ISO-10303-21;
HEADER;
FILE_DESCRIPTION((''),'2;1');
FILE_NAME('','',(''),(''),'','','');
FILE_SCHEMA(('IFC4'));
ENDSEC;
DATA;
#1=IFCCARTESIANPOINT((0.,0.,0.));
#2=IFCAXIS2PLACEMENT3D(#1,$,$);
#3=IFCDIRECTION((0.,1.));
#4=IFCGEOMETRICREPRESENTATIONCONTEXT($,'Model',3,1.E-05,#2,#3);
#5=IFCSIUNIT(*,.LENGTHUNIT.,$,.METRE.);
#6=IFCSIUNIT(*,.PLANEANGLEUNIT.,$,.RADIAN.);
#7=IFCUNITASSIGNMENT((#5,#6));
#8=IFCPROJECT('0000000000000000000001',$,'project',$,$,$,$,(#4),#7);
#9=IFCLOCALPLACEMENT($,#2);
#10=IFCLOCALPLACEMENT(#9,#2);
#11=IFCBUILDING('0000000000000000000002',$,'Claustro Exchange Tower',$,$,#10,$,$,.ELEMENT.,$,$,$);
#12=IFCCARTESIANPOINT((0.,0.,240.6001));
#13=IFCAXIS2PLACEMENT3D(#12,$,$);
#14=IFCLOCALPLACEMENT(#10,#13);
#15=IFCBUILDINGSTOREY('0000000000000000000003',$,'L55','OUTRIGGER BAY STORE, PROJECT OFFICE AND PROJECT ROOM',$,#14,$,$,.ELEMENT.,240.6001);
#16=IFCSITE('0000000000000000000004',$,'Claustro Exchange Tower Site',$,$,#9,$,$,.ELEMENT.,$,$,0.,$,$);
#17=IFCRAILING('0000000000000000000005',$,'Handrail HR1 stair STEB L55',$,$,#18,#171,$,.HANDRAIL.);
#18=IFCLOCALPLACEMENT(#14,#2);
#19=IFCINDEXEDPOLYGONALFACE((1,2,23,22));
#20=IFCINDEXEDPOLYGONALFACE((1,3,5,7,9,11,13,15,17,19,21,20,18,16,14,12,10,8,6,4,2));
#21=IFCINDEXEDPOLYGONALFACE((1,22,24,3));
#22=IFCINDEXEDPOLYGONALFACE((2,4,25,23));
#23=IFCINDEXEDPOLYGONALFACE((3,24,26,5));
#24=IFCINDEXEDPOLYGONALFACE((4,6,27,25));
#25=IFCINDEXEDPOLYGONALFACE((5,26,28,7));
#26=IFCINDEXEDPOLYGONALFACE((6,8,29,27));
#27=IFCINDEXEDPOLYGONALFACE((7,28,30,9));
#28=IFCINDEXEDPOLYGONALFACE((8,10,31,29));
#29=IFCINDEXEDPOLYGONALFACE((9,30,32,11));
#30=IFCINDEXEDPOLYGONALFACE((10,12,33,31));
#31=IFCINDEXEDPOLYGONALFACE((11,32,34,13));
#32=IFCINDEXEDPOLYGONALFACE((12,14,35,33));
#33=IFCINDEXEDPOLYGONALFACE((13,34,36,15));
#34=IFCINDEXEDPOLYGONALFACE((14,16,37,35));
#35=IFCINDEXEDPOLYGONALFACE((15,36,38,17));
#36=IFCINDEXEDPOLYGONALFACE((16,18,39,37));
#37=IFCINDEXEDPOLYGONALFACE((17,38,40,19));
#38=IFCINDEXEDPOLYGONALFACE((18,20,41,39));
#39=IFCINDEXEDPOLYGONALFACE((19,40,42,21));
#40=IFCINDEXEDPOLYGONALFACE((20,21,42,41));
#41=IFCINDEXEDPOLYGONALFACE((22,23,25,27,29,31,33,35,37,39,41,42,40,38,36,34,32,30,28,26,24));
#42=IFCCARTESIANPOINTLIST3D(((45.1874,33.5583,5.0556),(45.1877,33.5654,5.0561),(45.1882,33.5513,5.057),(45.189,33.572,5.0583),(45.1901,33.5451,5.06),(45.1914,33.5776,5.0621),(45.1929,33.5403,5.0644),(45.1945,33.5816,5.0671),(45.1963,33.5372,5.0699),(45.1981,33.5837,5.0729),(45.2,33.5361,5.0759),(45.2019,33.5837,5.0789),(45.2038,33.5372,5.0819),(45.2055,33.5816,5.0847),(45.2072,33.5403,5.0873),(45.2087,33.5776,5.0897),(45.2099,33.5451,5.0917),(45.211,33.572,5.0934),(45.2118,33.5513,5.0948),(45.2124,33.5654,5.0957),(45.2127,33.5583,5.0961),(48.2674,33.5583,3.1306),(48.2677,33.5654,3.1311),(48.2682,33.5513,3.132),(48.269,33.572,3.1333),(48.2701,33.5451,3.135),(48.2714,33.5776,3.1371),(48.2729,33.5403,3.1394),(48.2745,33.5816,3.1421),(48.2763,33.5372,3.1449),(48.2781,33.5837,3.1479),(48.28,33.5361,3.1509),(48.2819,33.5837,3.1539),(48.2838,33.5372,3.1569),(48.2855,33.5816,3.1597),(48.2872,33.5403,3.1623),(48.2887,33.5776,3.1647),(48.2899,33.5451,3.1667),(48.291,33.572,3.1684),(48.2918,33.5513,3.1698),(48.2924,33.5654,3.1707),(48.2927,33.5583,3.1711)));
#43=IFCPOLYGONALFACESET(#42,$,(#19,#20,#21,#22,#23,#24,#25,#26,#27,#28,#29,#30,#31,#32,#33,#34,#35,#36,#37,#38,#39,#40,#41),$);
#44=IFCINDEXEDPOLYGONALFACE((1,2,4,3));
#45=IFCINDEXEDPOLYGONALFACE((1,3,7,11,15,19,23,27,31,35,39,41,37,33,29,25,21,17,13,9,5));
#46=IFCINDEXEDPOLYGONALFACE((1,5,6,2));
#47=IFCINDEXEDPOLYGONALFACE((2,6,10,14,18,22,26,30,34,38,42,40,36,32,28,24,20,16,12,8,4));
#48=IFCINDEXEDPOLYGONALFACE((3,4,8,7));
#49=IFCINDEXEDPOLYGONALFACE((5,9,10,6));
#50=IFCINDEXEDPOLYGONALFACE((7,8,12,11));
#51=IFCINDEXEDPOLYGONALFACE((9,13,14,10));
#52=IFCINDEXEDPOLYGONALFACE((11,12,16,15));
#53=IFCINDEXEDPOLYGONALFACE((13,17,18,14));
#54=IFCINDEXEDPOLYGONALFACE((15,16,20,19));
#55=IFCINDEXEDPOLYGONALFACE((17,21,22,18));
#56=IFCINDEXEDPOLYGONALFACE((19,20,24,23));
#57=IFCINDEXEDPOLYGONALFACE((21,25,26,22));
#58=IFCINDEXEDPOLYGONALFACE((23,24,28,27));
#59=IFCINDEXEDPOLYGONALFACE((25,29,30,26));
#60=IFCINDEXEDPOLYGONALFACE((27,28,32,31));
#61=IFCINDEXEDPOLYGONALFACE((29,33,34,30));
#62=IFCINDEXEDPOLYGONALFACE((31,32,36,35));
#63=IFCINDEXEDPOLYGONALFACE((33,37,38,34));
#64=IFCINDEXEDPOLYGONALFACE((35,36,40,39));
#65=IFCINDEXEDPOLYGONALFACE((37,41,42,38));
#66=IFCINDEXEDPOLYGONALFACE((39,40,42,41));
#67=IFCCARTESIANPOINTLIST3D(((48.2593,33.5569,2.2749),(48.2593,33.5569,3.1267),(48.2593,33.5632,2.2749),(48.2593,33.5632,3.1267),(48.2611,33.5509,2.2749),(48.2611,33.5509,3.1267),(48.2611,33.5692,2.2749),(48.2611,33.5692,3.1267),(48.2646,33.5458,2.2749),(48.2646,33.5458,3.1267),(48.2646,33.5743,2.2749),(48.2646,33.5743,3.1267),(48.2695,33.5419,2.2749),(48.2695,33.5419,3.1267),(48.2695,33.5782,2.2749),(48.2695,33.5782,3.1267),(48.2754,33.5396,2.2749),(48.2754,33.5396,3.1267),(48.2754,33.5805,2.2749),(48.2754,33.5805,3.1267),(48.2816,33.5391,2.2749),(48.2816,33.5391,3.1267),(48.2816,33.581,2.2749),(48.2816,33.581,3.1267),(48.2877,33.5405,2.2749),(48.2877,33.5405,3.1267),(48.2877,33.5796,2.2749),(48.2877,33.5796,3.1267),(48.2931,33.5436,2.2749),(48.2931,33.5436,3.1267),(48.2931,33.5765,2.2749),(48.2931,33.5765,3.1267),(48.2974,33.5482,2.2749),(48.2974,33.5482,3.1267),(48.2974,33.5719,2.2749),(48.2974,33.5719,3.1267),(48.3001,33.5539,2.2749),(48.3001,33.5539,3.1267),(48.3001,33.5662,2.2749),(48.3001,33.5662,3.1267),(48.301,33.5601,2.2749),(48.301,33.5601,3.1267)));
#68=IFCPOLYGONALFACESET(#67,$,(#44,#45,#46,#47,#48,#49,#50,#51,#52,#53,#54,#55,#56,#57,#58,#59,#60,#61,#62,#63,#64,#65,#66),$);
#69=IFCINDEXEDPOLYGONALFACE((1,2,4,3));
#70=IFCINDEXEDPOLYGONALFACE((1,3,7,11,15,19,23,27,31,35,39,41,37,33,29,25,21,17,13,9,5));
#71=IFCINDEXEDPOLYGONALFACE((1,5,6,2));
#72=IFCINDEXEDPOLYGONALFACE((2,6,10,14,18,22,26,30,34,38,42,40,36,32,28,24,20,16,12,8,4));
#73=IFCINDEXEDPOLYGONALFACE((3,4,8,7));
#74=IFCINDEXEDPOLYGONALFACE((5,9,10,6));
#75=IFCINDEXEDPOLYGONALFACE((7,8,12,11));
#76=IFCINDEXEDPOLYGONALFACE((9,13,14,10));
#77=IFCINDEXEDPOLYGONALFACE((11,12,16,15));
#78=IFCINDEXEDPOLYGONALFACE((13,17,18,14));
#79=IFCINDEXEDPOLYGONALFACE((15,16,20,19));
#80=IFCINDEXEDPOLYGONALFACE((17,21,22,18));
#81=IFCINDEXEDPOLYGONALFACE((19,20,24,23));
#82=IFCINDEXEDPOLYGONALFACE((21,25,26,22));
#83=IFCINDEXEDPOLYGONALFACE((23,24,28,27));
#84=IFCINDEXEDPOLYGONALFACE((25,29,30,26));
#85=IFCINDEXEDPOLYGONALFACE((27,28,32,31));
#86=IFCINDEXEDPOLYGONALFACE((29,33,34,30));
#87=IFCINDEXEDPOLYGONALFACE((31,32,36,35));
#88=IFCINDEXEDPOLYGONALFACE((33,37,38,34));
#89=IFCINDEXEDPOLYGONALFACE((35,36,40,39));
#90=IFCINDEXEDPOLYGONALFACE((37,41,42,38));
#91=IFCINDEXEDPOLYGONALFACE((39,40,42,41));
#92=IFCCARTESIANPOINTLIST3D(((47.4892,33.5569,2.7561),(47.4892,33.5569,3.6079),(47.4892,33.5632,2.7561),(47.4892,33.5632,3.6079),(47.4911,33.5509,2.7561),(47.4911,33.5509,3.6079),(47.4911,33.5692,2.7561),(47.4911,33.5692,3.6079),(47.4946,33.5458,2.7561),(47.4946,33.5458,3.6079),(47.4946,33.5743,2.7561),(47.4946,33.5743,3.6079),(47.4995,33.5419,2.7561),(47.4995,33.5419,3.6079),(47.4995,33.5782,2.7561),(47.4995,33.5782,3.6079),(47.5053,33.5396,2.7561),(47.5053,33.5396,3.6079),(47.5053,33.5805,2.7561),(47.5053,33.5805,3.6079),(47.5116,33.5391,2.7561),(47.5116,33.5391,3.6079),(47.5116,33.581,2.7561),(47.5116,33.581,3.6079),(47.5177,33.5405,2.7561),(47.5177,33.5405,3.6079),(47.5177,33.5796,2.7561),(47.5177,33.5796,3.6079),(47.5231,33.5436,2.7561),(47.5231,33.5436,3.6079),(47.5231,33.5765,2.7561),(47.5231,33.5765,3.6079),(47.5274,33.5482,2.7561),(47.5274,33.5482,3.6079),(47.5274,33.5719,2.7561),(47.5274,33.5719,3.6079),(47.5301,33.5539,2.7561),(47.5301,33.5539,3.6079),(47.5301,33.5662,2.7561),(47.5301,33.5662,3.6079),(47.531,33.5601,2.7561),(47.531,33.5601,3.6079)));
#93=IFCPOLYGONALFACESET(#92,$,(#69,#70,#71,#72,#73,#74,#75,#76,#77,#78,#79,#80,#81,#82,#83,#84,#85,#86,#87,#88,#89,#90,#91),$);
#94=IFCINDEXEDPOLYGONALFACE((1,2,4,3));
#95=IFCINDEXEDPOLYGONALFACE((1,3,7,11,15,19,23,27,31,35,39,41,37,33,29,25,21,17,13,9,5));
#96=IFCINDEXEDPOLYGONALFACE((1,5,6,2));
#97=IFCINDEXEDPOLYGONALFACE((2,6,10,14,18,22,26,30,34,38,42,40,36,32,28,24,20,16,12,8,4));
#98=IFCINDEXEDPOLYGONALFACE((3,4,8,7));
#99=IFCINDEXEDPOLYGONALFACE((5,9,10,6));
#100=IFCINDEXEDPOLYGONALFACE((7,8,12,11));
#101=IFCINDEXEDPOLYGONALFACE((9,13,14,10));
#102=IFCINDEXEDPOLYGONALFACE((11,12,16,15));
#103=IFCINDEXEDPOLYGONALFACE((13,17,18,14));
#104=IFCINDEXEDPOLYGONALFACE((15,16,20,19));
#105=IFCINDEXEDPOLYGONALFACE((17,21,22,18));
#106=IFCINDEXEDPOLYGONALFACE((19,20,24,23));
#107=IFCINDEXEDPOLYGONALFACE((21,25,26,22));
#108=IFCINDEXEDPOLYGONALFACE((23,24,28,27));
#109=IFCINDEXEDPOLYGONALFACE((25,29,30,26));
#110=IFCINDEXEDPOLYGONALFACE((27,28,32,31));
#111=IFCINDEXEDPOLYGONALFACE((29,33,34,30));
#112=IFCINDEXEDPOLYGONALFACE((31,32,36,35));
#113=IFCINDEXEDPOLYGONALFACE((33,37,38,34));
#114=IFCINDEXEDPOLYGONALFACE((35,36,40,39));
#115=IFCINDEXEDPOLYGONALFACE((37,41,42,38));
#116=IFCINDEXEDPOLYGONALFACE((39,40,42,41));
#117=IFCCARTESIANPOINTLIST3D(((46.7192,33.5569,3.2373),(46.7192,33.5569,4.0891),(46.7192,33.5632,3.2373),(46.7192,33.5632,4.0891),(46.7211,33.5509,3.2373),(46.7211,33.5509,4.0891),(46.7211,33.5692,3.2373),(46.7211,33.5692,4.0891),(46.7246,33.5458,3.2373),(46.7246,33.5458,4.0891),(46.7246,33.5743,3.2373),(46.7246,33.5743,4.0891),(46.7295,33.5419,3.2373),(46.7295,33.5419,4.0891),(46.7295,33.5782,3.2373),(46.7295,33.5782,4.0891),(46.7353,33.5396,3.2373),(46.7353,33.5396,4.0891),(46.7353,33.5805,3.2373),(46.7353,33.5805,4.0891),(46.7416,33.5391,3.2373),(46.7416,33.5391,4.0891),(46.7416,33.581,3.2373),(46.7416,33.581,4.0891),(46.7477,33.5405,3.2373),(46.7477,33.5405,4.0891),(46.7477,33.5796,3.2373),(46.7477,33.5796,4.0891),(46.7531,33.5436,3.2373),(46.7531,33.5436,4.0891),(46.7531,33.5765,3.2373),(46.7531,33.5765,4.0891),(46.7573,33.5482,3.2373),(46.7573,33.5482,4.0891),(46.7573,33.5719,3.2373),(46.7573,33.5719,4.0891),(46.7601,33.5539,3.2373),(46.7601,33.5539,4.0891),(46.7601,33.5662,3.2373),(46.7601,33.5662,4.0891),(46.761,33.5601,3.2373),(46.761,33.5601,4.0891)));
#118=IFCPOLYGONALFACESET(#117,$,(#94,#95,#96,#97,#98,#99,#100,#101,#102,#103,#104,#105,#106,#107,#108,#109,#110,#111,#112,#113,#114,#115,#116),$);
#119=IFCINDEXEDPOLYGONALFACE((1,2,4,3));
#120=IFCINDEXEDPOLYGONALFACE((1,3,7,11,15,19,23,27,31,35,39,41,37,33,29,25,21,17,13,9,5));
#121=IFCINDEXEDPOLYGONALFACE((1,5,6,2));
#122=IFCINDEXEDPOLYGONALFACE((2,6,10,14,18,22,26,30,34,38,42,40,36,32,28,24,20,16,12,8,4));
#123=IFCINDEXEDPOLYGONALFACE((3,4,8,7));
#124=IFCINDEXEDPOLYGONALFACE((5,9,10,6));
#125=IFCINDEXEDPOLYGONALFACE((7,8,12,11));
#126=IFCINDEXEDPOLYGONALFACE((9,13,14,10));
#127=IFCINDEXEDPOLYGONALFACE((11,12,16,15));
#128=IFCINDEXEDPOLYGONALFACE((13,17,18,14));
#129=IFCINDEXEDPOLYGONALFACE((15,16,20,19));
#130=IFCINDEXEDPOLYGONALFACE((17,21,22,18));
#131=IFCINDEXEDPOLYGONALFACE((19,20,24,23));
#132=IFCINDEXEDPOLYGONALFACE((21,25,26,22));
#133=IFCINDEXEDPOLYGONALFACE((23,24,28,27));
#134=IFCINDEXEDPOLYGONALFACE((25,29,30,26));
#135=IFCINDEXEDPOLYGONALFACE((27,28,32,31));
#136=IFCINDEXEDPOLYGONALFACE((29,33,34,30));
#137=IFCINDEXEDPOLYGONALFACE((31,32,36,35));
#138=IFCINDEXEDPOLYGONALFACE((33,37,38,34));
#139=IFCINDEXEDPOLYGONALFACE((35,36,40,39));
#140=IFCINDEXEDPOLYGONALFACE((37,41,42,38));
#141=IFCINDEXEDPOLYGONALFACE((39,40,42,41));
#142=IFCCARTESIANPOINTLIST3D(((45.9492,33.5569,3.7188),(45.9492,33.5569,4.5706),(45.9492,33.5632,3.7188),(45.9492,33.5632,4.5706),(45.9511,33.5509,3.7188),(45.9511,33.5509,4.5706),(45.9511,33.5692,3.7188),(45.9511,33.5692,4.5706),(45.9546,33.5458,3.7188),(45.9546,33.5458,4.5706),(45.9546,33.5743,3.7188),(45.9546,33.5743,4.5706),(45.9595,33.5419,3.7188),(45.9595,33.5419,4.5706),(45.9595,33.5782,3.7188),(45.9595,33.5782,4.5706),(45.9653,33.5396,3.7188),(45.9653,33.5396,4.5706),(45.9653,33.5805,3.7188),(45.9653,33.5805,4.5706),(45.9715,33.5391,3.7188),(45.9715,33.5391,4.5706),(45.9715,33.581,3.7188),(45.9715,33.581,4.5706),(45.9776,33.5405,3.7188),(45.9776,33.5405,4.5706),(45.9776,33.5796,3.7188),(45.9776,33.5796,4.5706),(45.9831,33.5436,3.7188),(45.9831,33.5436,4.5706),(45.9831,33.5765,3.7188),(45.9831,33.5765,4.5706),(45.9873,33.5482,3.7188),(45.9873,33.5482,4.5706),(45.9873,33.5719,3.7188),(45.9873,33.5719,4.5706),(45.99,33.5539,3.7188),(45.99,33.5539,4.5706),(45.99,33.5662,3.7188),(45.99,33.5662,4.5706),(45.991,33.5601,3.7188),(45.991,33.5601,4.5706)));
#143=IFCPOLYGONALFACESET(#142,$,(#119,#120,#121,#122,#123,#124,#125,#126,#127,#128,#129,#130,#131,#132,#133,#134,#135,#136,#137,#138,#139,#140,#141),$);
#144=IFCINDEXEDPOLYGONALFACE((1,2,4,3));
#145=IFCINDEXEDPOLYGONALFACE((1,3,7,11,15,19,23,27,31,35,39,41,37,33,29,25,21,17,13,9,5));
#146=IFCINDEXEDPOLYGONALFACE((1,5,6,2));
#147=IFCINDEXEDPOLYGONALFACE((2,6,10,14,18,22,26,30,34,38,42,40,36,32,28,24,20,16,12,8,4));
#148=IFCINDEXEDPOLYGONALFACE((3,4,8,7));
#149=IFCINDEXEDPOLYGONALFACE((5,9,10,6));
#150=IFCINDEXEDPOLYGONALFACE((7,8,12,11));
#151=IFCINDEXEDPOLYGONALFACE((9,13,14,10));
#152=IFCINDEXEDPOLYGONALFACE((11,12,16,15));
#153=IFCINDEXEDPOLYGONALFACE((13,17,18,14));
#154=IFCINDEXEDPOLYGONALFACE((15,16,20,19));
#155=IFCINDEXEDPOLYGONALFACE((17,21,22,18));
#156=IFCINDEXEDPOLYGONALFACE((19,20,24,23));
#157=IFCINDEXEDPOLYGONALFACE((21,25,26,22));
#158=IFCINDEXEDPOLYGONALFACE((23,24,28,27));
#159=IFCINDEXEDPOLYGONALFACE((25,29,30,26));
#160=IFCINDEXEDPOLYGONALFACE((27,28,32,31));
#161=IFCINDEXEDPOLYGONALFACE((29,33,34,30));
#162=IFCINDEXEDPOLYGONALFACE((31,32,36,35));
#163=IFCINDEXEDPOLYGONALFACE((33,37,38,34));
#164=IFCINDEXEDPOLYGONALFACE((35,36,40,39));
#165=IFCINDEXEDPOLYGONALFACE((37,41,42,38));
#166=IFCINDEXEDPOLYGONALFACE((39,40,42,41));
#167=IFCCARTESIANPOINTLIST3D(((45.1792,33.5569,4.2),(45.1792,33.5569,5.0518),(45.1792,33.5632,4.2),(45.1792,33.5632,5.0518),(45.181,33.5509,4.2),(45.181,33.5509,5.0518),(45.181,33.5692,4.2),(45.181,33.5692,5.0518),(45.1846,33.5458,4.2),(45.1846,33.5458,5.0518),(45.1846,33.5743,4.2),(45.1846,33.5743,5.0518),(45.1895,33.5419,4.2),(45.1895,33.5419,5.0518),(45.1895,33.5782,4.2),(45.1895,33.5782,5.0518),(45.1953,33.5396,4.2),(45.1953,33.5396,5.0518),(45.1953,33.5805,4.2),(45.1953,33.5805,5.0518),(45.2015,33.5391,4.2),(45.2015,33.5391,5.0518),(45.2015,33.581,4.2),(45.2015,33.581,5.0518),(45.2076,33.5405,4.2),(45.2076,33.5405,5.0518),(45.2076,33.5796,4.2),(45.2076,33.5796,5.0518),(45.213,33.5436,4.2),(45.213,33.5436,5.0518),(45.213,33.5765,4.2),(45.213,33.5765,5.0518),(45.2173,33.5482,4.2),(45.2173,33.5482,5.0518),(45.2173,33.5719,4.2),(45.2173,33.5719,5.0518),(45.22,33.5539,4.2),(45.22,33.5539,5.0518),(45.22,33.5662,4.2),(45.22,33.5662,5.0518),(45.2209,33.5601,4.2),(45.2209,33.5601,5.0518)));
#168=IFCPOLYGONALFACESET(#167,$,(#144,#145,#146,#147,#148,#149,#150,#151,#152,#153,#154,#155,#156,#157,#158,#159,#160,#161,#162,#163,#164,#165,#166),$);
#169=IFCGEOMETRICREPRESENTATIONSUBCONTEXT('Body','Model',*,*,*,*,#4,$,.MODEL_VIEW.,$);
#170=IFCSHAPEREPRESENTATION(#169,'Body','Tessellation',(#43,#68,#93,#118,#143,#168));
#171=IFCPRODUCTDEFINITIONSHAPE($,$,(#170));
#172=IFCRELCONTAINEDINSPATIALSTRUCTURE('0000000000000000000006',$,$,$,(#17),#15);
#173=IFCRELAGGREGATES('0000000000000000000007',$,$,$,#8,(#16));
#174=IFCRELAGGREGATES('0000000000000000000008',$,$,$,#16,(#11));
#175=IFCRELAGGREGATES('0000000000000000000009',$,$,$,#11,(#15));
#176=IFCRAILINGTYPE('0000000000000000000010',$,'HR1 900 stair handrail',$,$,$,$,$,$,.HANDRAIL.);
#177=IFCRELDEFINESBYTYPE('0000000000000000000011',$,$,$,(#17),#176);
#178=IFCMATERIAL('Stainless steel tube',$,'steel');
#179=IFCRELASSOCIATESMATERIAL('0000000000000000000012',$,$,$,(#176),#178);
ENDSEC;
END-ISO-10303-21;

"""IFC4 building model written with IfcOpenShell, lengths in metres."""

from ifc_helpers import new_model, si_unit, direction, frame, origin, origin_2d, place, context, subcontext, project, spatial, circle, extrude, material, type_object, element, save


model = new_model("IFC4")

# Units and contexts
model_context = context("Model", 3, precision=1e-05, world=origin(), true_north=direction((0.0, 1.0)))
body_context = subcontext(model_context, "Body", "Model", "MODEL_VIEW")
ifc_project = project(units=[si_unit("LENGTHUNIT", "METRE"), si_unit("PLANEANGLEUNIT", "RADIAN")], contexts=[model_context])

# Site, building, storey
site_placement = place(None, origin())
site = spatial("IfcSite", under=ifc_project, at=site_placement, Name="Claustro Exchange Tower Site", CompositionType="ELEMENT", RefElevation=0.0)
building_placement = place(site_placement, origin())
building = spatial("IfcBuilding", under=site, at=building_placement, Name="Claustro Exchange Tower", CompositionType="ELEMENT")
storey_placement = place(building_placement, frame((0.0, 0.0, 240.6001)))
storey = spatial("IfcBuildingStorey", under=building, at=storey_placement, Name="L55", Description="OUTRIGGER BAY STORE, PROJECT OFFICE AND PROJECT ROOM", CompositionType="ELEMENT", Elevation=240.6001)

# Railing
ifc_material_1 = material(Name="Stainless steel tube", Category="steel")
railing_type_1 = type_object("IfcRailingType", Name="HR1 900 stair handrail", PredefinedType="HANDRAIL", material=ifc_material_1)
railing_1_placement = place(storey_placement, frame((48.28, 33.5601, 2.2749)))
element("IfcRailing", 1, at=railing_1_placement, inside=storey, type_object=railing_type_1, Name="Handrail HR1 stair STEB L55", PredefinedType="HANDRAIL", context=body_context, shape_type="SweptSolid", body=[
    extrude(circle(Radius=0.0239, at=origin_2d()), frame((0.0, 0.0, 0.876), z_axis=(-0.847998, 0.0, 0.529999), x_axis=(0.0, -1.0, 0.0)), (0.0, 0.0, 1.0), 3.6321),
    extrude(circle(Radius=0.021, at=origin_2d()), origin(), (0.0, 0.0, 1.0), 0.8518),
    extrude(circle(Radius=0.021, at=origin_2d()), frame((-0.77, 0.0, 0.4812)), (0.0, 0.0, 1.0), 0.8518),
    extrude(circle(Radius=0.021, at=origin_2d()), frame((-1.54, 0.0, 0.9624)), (0.0, 0.0, 1.0), 0.8518),
    extrude(circle(Radius=0.021, at=origin_2d()), frame((-2.3101, 0.0, 1.4438)), (0.0, 0.0, 1.0), 0.8518),
    extrude(circle(Radius=0.021, at=origin_2d()), frame((-3.0801, 0.0, 1.925)), (0.0, 0.0, 1.0), 0.8518),
])

save(model, "model.ifc")
